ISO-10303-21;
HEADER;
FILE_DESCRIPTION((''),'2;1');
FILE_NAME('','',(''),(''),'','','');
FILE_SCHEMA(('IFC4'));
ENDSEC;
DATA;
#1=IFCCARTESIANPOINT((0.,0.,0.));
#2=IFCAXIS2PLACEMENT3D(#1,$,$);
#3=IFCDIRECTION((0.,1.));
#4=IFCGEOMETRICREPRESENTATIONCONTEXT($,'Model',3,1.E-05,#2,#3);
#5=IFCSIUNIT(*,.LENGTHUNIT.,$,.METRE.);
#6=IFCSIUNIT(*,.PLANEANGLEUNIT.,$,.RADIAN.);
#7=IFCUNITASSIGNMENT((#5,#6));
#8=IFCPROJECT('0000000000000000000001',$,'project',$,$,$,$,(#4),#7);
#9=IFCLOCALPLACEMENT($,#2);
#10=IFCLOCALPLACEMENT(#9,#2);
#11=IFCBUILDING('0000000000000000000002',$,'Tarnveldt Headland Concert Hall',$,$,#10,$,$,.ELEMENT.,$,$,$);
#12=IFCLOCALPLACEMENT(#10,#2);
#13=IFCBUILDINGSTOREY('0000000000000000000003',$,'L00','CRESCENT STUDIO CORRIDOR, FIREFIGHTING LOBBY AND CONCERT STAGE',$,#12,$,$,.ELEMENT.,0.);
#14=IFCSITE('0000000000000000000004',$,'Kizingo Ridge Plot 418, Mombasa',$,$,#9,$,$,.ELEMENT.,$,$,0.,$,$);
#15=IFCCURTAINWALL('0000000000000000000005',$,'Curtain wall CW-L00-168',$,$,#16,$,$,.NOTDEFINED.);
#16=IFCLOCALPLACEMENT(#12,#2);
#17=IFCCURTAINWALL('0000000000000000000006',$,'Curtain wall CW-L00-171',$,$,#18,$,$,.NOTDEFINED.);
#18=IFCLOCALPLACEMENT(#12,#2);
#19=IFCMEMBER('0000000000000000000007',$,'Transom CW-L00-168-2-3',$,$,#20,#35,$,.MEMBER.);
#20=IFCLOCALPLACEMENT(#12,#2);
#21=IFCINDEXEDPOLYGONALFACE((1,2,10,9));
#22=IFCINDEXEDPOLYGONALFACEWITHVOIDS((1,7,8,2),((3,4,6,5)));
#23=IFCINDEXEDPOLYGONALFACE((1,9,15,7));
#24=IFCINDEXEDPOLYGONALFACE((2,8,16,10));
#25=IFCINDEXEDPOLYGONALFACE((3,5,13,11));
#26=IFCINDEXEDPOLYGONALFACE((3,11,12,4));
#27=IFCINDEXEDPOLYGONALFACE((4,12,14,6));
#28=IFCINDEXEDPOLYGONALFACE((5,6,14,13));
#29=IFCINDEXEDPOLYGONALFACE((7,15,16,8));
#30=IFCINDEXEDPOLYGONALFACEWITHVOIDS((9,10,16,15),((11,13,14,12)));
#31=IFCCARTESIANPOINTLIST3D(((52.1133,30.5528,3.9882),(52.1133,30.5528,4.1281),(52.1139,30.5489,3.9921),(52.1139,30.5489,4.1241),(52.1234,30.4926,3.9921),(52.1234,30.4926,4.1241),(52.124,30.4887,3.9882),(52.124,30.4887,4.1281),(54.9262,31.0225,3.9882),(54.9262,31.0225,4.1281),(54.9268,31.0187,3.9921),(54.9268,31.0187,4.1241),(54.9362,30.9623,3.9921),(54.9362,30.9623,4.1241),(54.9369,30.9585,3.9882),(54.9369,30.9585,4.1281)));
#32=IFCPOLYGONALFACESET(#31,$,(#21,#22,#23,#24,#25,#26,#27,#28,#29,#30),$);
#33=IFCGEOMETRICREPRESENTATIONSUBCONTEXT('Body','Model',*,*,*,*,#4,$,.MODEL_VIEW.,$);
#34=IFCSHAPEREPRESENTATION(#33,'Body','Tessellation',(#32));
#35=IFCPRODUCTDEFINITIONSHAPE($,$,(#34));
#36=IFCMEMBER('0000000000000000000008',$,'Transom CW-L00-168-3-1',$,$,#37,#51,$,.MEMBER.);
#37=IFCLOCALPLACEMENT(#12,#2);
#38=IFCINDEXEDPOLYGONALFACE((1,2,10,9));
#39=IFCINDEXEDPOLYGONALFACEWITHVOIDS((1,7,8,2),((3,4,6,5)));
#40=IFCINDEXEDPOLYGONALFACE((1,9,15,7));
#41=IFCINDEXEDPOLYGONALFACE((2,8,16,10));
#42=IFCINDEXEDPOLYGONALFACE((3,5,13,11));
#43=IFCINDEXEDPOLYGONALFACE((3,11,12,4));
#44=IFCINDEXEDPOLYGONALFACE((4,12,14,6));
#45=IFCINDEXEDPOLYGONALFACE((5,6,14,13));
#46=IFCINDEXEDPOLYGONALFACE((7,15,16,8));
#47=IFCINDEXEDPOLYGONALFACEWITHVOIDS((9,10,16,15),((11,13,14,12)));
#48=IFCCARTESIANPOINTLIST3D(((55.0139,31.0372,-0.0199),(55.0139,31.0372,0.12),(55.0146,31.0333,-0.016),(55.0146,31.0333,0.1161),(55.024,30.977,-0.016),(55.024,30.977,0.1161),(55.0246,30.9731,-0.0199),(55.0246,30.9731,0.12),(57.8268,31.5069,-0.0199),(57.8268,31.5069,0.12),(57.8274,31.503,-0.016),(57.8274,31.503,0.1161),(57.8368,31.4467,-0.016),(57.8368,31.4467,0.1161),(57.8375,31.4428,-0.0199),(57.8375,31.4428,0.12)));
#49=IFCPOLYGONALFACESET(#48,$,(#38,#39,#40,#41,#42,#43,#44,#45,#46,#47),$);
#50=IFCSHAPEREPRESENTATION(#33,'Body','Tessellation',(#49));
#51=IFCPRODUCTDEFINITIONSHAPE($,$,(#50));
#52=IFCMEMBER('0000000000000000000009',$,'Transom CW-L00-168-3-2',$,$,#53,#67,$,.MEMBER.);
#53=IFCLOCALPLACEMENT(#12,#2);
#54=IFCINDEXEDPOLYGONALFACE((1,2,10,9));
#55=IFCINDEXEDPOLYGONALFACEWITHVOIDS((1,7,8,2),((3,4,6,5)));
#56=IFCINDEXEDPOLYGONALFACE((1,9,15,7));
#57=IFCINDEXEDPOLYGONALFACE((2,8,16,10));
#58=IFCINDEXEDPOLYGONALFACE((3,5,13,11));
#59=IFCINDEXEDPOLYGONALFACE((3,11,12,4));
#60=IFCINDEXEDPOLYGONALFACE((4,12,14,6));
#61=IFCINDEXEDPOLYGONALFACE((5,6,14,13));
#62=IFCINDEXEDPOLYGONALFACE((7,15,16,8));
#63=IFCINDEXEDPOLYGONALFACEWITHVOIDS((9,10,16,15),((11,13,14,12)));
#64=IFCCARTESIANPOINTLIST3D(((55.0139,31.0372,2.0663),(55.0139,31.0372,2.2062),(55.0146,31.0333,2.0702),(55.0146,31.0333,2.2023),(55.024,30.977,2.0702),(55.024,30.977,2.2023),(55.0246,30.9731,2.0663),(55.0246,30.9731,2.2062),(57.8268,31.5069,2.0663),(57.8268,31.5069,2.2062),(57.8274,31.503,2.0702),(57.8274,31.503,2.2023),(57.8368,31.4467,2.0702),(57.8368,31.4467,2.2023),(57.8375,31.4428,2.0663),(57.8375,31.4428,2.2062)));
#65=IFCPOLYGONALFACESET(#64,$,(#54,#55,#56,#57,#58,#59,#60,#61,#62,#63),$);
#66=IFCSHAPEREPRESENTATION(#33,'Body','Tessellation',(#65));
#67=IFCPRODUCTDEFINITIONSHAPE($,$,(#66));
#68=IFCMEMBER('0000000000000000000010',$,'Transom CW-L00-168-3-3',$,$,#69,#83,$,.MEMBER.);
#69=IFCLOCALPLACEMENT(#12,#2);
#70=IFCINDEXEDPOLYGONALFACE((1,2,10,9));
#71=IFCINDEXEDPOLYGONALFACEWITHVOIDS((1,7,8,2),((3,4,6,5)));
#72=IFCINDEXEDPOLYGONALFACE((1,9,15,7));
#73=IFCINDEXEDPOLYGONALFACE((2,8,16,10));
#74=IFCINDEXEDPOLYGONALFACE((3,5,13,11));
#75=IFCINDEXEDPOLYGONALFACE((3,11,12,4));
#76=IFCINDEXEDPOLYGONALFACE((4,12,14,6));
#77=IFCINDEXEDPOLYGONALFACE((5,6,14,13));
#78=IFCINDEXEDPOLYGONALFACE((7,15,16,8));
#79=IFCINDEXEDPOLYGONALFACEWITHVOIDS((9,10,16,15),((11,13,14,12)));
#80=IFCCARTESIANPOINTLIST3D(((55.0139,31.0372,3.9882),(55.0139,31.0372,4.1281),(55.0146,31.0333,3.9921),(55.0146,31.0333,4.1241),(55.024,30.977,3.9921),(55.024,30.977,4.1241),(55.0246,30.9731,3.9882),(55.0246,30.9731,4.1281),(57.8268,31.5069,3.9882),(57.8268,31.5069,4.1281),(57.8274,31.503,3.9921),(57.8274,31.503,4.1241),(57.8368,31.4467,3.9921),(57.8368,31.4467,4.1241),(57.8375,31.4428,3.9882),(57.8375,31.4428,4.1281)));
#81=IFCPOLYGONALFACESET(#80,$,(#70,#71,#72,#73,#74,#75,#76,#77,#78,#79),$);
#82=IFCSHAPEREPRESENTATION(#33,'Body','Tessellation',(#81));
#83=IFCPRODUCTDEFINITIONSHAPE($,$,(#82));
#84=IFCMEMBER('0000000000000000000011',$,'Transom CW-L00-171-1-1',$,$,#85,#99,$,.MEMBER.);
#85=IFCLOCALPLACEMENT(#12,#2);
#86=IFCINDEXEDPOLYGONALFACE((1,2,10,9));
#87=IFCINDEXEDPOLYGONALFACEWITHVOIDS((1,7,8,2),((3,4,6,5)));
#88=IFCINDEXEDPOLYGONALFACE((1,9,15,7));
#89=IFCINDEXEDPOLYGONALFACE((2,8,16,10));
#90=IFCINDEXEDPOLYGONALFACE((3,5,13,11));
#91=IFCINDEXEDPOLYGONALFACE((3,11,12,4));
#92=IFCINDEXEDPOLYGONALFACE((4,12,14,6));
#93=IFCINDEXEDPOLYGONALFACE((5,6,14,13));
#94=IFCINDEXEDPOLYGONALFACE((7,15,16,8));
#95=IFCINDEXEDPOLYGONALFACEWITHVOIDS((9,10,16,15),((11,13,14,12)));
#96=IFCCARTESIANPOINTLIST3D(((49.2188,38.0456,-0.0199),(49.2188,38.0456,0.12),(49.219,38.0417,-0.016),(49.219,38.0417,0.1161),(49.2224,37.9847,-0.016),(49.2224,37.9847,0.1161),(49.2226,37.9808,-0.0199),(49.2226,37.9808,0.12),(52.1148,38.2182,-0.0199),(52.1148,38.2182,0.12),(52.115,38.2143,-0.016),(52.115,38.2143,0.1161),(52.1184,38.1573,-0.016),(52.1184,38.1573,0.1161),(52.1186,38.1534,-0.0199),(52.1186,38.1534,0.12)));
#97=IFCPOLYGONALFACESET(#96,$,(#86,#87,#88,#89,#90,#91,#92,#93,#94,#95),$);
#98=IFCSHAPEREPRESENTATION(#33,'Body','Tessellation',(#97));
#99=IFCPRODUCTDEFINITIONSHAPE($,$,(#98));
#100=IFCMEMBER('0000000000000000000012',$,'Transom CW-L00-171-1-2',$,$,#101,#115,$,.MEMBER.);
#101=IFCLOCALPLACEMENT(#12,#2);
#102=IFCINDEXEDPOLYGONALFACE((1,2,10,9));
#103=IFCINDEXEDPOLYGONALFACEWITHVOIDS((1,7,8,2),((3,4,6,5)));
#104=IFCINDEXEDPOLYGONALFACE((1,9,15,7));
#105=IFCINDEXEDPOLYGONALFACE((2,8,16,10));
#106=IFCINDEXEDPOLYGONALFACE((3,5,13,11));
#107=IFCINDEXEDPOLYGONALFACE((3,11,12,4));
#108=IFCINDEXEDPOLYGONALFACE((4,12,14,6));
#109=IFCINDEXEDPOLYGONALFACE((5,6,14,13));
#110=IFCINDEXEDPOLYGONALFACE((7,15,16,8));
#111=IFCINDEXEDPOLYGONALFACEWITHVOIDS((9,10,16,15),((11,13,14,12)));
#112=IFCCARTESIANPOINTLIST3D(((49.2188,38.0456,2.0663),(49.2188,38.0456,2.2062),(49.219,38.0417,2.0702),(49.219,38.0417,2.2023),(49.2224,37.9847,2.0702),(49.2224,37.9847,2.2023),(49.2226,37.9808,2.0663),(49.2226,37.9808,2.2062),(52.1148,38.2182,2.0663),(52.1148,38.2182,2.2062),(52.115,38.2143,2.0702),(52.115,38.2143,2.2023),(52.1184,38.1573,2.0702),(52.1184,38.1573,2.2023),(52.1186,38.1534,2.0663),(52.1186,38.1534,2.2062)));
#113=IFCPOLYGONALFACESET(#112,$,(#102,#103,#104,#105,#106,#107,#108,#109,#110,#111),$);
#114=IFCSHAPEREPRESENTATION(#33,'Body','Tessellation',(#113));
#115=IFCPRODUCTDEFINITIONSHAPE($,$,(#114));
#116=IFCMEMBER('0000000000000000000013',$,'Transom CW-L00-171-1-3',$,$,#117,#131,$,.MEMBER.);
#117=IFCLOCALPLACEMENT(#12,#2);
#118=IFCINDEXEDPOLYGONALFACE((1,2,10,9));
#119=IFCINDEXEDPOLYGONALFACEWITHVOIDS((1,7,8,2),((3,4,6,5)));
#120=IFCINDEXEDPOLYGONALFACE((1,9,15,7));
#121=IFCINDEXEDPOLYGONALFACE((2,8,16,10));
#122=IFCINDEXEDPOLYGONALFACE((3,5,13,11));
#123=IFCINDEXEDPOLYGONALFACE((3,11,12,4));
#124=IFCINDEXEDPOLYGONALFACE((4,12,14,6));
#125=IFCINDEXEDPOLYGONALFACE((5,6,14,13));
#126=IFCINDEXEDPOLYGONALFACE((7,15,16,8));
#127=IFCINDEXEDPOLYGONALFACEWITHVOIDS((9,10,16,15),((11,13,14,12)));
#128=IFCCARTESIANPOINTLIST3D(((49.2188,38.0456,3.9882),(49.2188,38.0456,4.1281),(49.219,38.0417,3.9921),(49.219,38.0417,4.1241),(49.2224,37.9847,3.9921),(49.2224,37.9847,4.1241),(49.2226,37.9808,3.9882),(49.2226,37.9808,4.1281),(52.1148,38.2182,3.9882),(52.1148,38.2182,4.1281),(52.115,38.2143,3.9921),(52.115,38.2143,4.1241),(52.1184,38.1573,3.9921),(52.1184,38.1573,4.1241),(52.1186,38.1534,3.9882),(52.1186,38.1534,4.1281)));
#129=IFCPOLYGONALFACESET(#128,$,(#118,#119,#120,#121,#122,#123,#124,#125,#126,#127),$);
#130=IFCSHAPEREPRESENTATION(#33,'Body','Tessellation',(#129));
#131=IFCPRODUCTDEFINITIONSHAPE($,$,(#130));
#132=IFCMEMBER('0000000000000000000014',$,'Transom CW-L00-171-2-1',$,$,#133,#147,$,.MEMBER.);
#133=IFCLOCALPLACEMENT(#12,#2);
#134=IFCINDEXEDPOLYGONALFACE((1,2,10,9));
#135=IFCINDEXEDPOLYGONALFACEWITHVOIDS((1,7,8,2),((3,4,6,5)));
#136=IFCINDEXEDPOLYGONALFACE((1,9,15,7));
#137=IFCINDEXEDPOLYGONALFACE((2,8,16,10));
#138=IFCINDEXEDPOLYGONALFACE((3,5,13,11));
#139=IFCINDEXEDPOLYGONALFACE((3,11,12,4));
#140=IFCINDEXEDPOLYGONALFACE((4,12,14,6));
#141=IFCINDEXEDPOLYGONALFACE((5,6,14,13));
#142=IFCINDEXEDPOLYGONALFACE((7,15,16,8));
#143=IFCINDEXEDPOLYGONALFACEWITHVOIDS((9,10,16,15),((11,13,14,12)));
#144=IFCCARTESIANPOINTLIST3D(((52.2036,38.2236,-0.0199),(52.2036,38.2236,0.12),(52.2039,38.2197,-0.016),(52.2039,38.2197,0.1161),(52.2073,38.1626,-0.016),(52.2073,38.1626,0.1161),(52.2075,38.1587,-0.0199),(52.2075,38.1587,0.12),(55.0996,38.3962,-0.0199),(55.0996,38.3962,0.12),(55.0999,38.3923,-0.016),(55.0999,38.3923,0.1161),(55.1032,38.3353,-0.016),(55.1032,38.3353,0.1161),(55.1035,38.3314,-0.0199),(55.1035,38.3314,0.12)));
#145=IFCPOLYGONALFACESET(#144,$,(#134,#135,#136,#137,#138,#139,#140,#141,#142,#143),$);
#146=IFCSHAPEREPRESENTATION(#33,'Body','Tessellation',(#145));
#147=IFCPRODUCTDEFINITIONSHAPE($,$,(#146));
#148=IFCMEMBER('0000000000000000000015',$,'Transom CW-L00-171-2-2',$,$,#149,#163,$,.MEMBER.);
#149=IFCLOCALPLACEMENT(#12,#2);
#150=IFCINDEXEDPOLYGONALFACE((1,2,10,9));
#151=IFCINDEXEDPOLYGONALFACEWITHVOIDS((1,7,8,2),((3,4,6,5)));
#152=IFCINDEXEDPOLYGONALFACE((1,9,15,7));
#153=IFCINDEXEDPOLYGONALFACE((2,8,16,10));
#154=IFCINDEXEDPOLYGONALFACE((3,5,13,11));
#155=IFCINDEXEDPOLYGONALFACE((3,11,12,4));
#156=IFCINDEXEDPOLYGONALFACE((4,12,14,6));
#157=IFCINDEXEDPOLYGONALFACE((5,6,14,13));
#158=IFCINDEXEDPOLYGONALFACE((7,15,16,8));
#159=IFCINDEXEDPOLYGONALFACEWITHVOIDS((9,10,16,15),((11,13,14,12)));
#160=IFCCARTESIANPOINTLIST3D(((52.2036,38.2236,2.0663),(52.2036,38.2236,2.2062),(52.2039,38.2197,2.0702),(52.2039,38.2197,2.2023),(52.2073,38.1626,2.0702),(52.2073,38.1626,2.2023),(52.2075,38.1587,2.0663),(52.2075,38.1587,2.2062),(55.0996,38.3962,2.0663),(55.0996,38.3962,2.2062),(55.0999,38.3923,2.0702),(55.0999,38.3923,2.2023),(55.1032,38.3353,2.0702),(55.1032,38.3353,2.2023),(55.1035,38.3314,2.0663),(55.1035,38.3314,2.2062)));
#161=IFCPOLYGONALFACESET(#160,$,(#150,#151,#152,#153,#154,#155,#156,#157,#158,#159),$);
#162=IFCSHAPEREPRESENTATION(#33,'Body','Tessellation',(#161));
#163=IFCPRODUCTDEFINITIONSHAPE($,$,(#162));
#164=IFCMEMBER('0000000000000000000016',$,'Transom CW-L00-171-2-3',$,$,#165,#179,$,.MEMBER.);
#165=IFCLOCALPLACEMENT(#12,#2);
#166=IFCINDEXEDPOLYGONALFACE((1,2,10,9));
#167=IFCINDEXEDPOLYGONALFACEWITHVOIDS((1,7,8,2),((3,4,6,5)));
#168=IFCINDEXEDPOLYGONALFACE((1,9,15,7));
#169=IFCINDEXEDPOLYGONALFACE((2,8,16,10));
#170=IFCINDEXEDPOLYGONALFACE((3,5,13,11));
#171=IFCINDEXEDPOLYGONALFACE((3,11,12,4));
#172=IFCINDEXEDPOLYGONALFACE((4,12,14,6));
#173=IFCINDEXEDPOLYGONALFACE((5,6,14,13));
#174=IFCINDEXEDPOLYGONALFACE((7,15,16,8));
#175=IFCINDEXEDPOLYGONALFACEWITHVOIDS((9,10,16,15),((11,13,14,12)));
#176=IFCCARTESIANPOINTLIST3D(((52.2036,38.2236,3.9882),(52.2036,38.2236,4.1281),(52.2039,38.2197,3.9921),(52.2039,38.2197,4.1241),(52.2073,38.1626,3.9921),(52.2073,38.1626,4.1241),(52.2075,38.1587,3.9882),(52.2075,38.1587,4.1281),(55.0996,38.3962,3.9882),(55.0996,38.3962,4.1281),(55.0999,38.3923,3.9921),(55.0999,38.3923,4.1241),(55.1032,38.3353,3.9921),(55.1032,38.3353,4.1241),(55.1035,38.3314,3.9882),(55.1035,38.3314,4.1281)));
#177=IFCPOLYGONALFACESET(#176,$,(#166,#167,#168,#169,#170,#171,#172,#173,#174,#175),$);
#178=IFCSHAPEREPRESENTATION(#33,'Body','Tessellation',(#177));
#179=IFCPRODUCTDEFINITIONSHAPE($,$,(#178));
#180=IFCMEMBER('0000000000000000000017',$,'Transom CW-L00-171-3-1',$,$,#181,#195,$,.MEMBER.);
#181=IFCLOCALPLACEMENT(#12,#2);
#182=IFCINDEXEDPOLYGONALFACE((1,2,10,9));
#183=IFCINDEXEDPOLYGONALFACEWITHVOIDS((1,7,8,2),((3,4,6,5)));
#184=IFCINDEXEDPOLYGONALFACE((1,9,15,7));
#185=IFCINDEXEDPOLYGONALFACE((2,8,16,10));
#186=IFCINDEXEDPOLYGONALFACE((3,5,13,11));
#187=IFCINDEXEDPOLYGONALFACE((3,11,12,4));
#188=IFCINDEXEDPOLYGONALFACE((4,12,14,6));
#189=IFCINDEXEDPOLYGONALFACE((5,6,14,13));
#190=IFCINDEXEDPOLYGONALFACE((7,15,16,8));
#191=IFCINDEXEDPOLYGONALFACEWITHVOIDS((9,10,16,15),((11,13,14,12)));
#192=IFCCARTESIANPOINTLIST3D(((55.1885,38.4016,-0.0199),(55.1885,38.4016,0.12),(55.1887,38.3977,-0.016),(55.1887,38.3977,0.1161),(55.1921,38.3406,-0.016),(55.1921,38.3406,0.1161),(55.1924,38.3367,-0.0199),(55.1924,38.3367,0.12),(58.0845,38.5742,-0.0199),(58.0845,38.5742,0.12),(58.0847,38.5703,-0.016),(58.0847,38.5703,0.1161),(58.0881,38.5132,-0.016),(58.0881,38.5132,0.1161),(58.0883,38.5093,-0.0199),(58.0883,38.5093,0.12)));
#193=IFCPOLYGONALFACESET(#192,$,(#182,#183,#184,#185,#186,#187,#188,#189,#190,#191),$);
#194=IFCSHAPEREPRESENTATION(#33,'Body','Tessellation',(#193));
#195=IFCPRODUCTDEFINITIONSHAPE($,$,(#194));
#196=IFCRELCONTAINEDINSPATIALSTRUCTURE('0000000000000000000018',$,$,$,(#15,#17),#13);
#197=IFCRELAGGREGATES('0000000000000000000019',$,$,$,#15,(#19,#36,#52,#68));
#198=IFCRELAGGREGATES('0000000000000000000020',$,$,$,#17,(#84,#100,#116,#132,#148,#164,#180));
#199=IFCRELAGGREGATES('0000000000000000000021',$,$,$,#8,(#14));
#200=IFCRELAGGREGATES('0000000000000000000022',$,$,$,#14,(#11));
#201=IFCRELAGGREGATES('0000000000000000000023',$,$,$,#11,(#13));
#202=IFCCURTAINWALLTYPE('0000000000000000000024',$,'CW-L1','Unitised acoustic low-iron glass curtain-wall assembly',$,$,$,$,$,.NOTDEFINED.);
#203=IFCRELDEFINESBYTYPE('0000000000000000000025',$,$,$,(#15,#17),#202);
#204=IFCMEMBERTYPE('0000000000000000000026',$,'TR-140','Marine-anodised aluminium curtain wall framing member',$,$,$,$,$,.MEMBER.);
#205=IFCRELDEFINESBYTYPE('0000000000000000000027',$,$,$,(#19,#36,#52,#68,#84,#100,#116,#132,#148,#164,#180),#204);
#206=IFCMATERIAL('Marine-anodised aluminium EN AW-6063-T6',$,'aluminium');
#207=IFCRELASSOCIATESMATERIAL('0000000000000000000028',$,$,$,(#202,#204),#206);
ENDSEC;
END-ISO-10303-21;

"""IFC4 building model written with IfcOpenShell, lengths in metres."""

from ifc_helpers import new_model, si_unit, direction, frame, origin, origin_2d, place, context, subcontext, project, spatial, hollow_rectangle, extrude, material, material_profile, profile_set, type_object, element, aggregate, save


model = new_model("IFC4")

# Units and contexts
model_context = context("Model", 3, precision=1e-05, world=origin(), true_north=direction((0.0, 1.0)))
body_context = subcontext(model_context, "Body", "Model", "MODEL_VIEW")
ifc_project = project(units=[si_unit("LENGTHUNIT", "METRE"), si_unit("PLANEANGLEUNIT", "RADIAN")], contexts=[model_context])

# Site, building, storey
site_placement = place(None, origin())
site = spatial("IfcSite", under=ifc_project, at=site_placement, Name="Kizingo Ridge Plot 418, Mombasa", CompositionType="ELEMENT", RefElevation=0.0)
building_placement = place(site_placement, origin())
building = spatial("IfcBuilding", under=site, at=building_placement, Name="Tarnveldt Headland Concert Hall", CompositionType="ELEMENT")
storey_placement = place(building_placement, origin())
storey = spatial("IfcBuildingStorey", under=building, at=storey_placement, Name="L00", Description="CRESCENT STUDIO CORRIDOR, FIREFIGHTING LOBBY AND CONCERT STAGE", CompositionType="ELEMENT", Elevation=0.0)

# Curtain walls
ifc_material_1 = material(Name="Marine-anodised aluminium EN AW-6063-T6", Category="aluminium")
curtain_wall_type = type_object("IfcCurtainWallType", Name="CW-L1", Description="Unitised acoustic low-iron glass curtain-wall assembly", PredefinedType="NOTDEFINED", material=ifc_material_1)
curtain_wall_1_placement = place(storey_placement, origin())
curtain_wall_1 = element("IfcCurtainWall", 1, at=curtain_wall_1_placement, inside=storey, type_object=curtain_wall_type, Name="Curtain wall CW-L00-168", PredefinedType="NOTDEFINED")
curtain_wall_2_placement = place(storey_placement, origin())
curtain_wall_2 = element("IfcCurtainWall", 2, at=curtain_wall_2_placement, inside=storey, type_object=curtain_wall_type, Name="Curtain wall CW-L00-171", PredefinedType="NOTDEFINED")

# Members
ifc_material_profile_1 = material_profile(ifc_material_1, hollow_rectangle(XDim=0.0649, YDim=0.1399, WallThickness=0.0039, at=origin_2d()), Name="ALU TRANSOM 65x140x4", Category="aluminium")
ifc_profile_set_1 = profile_set([ifc_material_profile_1], Name="Marine-anodised aluminium EN AW-6063-T6")
member_type_1 = type_object("IfcMemberType", Name="TR-140", Description="Marine-anodised aluminium curtain wall framing member", PredefinedType="MEMBER", material=ifc_profile_set_1)
member_1_placement = place(storey_placement, frame((52.1187, 30.5208, 4.0581), z_axis=(0.986341, 0.164718, 0.0), x_axis=(-0.164718, 0.986341, 0.0)))
member_1 = element("IfcMember", 3, at=member_1_placement, type_object=member_type_1, Name="Transom CW-L00-168-2-3", PredefinedType="MEMBER", context=body_context, shape_type="SweptSolid", body=[
    extrude(hollow_rectangle(XDim=0.0649, YDim=0.1399, WallThickness=0.0039, at=origin_2d()), origin(), (0.0, 0.0, 1.0), 2.8518),
])
member_2_placement = place(storey_placement, frame((55.0193, 31.0051, 0.05), z_axis=(0.986341, 0.164718, 0.0), x_axis=(-0.164718, 0.986341, 0.0)))
member_2 = element("IfcMember", 4, at=member_2_placement, type_object=member_type_1, Name="Transom CW-L00-168-3-1", PredefinedType="MEMBER", context=body_context, shape_type="SweptSolid", body=[
    extrude(hollow_rectangle(XDim=0.0649, YDim=0.1399, WallThickness=0.0039, at=origin_2d()), origin(), (0.0, 0.0, 1.0), 2.8518),
])
member_3_placement = place(storey_placement, frame((55.0193, 31.0051, 2.1362), z_axis=(0.986341, 0.164718, 0.0), x_axis=(-0.164718, 0.986341, 0.0)))
member_3 = element("IfcMember", 5, at=member_3_placement, type_object=member_type_1, Name="Transom CW-L00-168-3-2", PredefinedType="MEMBER", context=body_context, shape_type="SweptSolid", body=[
    extrude(hollow_rectangle(XDim=0.0649, YDim=0.1399, WallThickness=0.0039, at=origin_2d()), origin(), (0.0, 0.0, 1.0), 2.8518),
])
member_4_placement = place(storey_placement, frame((55.0193, 31.0051, 4.0581), z_axis=(0.986341, 0.164718, 0.0), x_axis=(-0.164718, 0.986341, 0.0)))
member_4 = element("IfcMember", 6, at=member_4_placement, type_object=member_type_1, Name="Transom CW-L00-168-3-3", PredefinedType="MEMBER", context=body_context, shape_type="SweptSolid", body=[
    extrude(hollow_rectangle(XDim=0.0649, YDim=0.1399, WallThickness=0.0039, at=origin_2d()), origin(), (0.0, 0.0, 1.0), 2.8518),
])
member_5_placement = place(storey_placement, frame((49.2207, 38.0132, 0.05), z_axis=(0.998229, 0.059497, 0.0), x_axis=(-0.059497, 0.998229, 0.0)))
member_5 = element("IfcMember", 7, at=member_5_placement, type_object=member_type_1, Name="Transom CW-L00-171-1-1", PredefinedType="MEMBER", context=body_context, shape_type="SweptSolid", body=[
    extrude(hollow_rectangle(XDim=0.0649, YDim=0.1399, WallThickness=0.0039, at=origin_2d()), origin(), (0.0, 0.0, 1.0), 2.9011),
])
member_6_placement = place(storey_placement, frame((49.2207, 38.0132, 2.1362), z_axis=(0.998229, 0.059497, 0.0), x_axis=(-0.059497, 0.998229, 0.0)))
member_6 = element("IfcMember", 8, at=member_6_placement, type_object=member_type_1, Name="Transom CW-L00-171-1-2", PredefinedType="MEMBER", context=body_context, shape_type="SweptSolid", body=[
    extrude(hollow_rectangle(XDim=0.0649, YDim=0.1399, WallThickness=0.0039, at=origin_2d()), origin(), (0.0, 0.0, 1.0), 2.9011),
])
member_7_placement = place(storey_placement, frame((49.2207, 38.0132, 4.0581), z_axis=(0.998229, 0.059497, 0.0), x_axis=(-0.059497, 0.998229, 0.0)))
member_7 = element("IfcMember", 9, at=member_7_placement, type_object=member_type_1, Name="Transom CW-L00-171-1-3", PredefinedType="MEMBER", context=body_context, shape_type="SweptSolid", body=[
    extrude(hollow_rectangle(XDim=0.0649, YDim=0.1399, WallThickness=0.0039, at=origin_2d()), origin(), (0.0, 0.0, 1.0), 2.9011),
])
member_8_placement = place(storey_placement, frame((52.2056, 38.1912, 0.05), z_axis=(0.998229, 0.059497, 0.0), x_axis=(-0.059497, 0.998229, 0.0)))
member_8 = element("IfcMember", 10, at=member_8_placement, type_object=member_type_1, Name="Transom CW-L00-171-2-1", PredefinedType="MEMBER", context=body_context, shape_type="SweptSolid", body=[
    extrude(hollow_rectangle(XDim=0.0649, YDim=0.1399, WallThickness=0.0039, at=origin_2d()), origin(), (0.0, 0.0, 1.0), 2.9011),
])
member_9_placement = place(storey_placement, frame((52.2056, 38.1912, 2.1362), z_axis=(0.998229, 0.059497, 0.0), x_axis=(-0.059497, 0.998229, 0.0)))
member_9 = element("IfcMember", 11, at=member_9_placement, type_object=member_type_1, Name="Transom CW-L00-171-2-2", PredefinedType="MEMBER", context=body_context, shape_type="SweptSolid", body=[
    extrude(hollow_rectangle(XDim=0.0649, YDim=0.1399, WallThickness=0.0039, at=origin_2d()), origin(), (0.0, 0.0, 1.0), 2.9011),
])
member_10_placement = place(storey_placement, frame((52.2056, 38.1912, 4.0581), z_axis=(0.998229, 0.059497, 0.0), x_axis=(-0.059497, 0.998229, 0.0)))
member_10 = element("IfcMember", 12, at=member_10_placement, type_object=member_type_1, Name="Transom CW-L00-171-2-3", PredefinedType="MEMBER", context=body_context, shape_type="SweptSolid", body=[
    extrude(hollow_rectangle(XDim=0.0649, YDim=0.1399, WallThickness=0.0039, at=origin_2d()), origin(), (0.0, 0.0, 1.0), 2.9011),
])
member_11_placement = place(storey_placement, frame((55.1904, 38.3691, 0.05), z_axis=(0.998229, 0.059497, 0.0), x_axis=(-0.059497, 0.998229, 0.0)))
member_11 = element("IfcMember", 13, at=member_11_placement, type_object=member_type_1, Name="Transom CW-L00-171-3-1", PredefinedType="MEMBER", context=body_context, shape_type="SweptSolid", body=[
    extrude(hollow_rectangle(XDim=0.0649, YDim=0.1399, WallThickness=0.0039, at=origin_2d()), origin(), (0.0, 0.0, 1.0), 2.9011),
])

aggregate(curtain_wall_1, [member_1, member_2, member_3, member_4])
aggregate(curtain_wall_2, [member_5, member_6, member_7, member_8, member_9, member_10, member_11])

save(model, "model.ifc")
